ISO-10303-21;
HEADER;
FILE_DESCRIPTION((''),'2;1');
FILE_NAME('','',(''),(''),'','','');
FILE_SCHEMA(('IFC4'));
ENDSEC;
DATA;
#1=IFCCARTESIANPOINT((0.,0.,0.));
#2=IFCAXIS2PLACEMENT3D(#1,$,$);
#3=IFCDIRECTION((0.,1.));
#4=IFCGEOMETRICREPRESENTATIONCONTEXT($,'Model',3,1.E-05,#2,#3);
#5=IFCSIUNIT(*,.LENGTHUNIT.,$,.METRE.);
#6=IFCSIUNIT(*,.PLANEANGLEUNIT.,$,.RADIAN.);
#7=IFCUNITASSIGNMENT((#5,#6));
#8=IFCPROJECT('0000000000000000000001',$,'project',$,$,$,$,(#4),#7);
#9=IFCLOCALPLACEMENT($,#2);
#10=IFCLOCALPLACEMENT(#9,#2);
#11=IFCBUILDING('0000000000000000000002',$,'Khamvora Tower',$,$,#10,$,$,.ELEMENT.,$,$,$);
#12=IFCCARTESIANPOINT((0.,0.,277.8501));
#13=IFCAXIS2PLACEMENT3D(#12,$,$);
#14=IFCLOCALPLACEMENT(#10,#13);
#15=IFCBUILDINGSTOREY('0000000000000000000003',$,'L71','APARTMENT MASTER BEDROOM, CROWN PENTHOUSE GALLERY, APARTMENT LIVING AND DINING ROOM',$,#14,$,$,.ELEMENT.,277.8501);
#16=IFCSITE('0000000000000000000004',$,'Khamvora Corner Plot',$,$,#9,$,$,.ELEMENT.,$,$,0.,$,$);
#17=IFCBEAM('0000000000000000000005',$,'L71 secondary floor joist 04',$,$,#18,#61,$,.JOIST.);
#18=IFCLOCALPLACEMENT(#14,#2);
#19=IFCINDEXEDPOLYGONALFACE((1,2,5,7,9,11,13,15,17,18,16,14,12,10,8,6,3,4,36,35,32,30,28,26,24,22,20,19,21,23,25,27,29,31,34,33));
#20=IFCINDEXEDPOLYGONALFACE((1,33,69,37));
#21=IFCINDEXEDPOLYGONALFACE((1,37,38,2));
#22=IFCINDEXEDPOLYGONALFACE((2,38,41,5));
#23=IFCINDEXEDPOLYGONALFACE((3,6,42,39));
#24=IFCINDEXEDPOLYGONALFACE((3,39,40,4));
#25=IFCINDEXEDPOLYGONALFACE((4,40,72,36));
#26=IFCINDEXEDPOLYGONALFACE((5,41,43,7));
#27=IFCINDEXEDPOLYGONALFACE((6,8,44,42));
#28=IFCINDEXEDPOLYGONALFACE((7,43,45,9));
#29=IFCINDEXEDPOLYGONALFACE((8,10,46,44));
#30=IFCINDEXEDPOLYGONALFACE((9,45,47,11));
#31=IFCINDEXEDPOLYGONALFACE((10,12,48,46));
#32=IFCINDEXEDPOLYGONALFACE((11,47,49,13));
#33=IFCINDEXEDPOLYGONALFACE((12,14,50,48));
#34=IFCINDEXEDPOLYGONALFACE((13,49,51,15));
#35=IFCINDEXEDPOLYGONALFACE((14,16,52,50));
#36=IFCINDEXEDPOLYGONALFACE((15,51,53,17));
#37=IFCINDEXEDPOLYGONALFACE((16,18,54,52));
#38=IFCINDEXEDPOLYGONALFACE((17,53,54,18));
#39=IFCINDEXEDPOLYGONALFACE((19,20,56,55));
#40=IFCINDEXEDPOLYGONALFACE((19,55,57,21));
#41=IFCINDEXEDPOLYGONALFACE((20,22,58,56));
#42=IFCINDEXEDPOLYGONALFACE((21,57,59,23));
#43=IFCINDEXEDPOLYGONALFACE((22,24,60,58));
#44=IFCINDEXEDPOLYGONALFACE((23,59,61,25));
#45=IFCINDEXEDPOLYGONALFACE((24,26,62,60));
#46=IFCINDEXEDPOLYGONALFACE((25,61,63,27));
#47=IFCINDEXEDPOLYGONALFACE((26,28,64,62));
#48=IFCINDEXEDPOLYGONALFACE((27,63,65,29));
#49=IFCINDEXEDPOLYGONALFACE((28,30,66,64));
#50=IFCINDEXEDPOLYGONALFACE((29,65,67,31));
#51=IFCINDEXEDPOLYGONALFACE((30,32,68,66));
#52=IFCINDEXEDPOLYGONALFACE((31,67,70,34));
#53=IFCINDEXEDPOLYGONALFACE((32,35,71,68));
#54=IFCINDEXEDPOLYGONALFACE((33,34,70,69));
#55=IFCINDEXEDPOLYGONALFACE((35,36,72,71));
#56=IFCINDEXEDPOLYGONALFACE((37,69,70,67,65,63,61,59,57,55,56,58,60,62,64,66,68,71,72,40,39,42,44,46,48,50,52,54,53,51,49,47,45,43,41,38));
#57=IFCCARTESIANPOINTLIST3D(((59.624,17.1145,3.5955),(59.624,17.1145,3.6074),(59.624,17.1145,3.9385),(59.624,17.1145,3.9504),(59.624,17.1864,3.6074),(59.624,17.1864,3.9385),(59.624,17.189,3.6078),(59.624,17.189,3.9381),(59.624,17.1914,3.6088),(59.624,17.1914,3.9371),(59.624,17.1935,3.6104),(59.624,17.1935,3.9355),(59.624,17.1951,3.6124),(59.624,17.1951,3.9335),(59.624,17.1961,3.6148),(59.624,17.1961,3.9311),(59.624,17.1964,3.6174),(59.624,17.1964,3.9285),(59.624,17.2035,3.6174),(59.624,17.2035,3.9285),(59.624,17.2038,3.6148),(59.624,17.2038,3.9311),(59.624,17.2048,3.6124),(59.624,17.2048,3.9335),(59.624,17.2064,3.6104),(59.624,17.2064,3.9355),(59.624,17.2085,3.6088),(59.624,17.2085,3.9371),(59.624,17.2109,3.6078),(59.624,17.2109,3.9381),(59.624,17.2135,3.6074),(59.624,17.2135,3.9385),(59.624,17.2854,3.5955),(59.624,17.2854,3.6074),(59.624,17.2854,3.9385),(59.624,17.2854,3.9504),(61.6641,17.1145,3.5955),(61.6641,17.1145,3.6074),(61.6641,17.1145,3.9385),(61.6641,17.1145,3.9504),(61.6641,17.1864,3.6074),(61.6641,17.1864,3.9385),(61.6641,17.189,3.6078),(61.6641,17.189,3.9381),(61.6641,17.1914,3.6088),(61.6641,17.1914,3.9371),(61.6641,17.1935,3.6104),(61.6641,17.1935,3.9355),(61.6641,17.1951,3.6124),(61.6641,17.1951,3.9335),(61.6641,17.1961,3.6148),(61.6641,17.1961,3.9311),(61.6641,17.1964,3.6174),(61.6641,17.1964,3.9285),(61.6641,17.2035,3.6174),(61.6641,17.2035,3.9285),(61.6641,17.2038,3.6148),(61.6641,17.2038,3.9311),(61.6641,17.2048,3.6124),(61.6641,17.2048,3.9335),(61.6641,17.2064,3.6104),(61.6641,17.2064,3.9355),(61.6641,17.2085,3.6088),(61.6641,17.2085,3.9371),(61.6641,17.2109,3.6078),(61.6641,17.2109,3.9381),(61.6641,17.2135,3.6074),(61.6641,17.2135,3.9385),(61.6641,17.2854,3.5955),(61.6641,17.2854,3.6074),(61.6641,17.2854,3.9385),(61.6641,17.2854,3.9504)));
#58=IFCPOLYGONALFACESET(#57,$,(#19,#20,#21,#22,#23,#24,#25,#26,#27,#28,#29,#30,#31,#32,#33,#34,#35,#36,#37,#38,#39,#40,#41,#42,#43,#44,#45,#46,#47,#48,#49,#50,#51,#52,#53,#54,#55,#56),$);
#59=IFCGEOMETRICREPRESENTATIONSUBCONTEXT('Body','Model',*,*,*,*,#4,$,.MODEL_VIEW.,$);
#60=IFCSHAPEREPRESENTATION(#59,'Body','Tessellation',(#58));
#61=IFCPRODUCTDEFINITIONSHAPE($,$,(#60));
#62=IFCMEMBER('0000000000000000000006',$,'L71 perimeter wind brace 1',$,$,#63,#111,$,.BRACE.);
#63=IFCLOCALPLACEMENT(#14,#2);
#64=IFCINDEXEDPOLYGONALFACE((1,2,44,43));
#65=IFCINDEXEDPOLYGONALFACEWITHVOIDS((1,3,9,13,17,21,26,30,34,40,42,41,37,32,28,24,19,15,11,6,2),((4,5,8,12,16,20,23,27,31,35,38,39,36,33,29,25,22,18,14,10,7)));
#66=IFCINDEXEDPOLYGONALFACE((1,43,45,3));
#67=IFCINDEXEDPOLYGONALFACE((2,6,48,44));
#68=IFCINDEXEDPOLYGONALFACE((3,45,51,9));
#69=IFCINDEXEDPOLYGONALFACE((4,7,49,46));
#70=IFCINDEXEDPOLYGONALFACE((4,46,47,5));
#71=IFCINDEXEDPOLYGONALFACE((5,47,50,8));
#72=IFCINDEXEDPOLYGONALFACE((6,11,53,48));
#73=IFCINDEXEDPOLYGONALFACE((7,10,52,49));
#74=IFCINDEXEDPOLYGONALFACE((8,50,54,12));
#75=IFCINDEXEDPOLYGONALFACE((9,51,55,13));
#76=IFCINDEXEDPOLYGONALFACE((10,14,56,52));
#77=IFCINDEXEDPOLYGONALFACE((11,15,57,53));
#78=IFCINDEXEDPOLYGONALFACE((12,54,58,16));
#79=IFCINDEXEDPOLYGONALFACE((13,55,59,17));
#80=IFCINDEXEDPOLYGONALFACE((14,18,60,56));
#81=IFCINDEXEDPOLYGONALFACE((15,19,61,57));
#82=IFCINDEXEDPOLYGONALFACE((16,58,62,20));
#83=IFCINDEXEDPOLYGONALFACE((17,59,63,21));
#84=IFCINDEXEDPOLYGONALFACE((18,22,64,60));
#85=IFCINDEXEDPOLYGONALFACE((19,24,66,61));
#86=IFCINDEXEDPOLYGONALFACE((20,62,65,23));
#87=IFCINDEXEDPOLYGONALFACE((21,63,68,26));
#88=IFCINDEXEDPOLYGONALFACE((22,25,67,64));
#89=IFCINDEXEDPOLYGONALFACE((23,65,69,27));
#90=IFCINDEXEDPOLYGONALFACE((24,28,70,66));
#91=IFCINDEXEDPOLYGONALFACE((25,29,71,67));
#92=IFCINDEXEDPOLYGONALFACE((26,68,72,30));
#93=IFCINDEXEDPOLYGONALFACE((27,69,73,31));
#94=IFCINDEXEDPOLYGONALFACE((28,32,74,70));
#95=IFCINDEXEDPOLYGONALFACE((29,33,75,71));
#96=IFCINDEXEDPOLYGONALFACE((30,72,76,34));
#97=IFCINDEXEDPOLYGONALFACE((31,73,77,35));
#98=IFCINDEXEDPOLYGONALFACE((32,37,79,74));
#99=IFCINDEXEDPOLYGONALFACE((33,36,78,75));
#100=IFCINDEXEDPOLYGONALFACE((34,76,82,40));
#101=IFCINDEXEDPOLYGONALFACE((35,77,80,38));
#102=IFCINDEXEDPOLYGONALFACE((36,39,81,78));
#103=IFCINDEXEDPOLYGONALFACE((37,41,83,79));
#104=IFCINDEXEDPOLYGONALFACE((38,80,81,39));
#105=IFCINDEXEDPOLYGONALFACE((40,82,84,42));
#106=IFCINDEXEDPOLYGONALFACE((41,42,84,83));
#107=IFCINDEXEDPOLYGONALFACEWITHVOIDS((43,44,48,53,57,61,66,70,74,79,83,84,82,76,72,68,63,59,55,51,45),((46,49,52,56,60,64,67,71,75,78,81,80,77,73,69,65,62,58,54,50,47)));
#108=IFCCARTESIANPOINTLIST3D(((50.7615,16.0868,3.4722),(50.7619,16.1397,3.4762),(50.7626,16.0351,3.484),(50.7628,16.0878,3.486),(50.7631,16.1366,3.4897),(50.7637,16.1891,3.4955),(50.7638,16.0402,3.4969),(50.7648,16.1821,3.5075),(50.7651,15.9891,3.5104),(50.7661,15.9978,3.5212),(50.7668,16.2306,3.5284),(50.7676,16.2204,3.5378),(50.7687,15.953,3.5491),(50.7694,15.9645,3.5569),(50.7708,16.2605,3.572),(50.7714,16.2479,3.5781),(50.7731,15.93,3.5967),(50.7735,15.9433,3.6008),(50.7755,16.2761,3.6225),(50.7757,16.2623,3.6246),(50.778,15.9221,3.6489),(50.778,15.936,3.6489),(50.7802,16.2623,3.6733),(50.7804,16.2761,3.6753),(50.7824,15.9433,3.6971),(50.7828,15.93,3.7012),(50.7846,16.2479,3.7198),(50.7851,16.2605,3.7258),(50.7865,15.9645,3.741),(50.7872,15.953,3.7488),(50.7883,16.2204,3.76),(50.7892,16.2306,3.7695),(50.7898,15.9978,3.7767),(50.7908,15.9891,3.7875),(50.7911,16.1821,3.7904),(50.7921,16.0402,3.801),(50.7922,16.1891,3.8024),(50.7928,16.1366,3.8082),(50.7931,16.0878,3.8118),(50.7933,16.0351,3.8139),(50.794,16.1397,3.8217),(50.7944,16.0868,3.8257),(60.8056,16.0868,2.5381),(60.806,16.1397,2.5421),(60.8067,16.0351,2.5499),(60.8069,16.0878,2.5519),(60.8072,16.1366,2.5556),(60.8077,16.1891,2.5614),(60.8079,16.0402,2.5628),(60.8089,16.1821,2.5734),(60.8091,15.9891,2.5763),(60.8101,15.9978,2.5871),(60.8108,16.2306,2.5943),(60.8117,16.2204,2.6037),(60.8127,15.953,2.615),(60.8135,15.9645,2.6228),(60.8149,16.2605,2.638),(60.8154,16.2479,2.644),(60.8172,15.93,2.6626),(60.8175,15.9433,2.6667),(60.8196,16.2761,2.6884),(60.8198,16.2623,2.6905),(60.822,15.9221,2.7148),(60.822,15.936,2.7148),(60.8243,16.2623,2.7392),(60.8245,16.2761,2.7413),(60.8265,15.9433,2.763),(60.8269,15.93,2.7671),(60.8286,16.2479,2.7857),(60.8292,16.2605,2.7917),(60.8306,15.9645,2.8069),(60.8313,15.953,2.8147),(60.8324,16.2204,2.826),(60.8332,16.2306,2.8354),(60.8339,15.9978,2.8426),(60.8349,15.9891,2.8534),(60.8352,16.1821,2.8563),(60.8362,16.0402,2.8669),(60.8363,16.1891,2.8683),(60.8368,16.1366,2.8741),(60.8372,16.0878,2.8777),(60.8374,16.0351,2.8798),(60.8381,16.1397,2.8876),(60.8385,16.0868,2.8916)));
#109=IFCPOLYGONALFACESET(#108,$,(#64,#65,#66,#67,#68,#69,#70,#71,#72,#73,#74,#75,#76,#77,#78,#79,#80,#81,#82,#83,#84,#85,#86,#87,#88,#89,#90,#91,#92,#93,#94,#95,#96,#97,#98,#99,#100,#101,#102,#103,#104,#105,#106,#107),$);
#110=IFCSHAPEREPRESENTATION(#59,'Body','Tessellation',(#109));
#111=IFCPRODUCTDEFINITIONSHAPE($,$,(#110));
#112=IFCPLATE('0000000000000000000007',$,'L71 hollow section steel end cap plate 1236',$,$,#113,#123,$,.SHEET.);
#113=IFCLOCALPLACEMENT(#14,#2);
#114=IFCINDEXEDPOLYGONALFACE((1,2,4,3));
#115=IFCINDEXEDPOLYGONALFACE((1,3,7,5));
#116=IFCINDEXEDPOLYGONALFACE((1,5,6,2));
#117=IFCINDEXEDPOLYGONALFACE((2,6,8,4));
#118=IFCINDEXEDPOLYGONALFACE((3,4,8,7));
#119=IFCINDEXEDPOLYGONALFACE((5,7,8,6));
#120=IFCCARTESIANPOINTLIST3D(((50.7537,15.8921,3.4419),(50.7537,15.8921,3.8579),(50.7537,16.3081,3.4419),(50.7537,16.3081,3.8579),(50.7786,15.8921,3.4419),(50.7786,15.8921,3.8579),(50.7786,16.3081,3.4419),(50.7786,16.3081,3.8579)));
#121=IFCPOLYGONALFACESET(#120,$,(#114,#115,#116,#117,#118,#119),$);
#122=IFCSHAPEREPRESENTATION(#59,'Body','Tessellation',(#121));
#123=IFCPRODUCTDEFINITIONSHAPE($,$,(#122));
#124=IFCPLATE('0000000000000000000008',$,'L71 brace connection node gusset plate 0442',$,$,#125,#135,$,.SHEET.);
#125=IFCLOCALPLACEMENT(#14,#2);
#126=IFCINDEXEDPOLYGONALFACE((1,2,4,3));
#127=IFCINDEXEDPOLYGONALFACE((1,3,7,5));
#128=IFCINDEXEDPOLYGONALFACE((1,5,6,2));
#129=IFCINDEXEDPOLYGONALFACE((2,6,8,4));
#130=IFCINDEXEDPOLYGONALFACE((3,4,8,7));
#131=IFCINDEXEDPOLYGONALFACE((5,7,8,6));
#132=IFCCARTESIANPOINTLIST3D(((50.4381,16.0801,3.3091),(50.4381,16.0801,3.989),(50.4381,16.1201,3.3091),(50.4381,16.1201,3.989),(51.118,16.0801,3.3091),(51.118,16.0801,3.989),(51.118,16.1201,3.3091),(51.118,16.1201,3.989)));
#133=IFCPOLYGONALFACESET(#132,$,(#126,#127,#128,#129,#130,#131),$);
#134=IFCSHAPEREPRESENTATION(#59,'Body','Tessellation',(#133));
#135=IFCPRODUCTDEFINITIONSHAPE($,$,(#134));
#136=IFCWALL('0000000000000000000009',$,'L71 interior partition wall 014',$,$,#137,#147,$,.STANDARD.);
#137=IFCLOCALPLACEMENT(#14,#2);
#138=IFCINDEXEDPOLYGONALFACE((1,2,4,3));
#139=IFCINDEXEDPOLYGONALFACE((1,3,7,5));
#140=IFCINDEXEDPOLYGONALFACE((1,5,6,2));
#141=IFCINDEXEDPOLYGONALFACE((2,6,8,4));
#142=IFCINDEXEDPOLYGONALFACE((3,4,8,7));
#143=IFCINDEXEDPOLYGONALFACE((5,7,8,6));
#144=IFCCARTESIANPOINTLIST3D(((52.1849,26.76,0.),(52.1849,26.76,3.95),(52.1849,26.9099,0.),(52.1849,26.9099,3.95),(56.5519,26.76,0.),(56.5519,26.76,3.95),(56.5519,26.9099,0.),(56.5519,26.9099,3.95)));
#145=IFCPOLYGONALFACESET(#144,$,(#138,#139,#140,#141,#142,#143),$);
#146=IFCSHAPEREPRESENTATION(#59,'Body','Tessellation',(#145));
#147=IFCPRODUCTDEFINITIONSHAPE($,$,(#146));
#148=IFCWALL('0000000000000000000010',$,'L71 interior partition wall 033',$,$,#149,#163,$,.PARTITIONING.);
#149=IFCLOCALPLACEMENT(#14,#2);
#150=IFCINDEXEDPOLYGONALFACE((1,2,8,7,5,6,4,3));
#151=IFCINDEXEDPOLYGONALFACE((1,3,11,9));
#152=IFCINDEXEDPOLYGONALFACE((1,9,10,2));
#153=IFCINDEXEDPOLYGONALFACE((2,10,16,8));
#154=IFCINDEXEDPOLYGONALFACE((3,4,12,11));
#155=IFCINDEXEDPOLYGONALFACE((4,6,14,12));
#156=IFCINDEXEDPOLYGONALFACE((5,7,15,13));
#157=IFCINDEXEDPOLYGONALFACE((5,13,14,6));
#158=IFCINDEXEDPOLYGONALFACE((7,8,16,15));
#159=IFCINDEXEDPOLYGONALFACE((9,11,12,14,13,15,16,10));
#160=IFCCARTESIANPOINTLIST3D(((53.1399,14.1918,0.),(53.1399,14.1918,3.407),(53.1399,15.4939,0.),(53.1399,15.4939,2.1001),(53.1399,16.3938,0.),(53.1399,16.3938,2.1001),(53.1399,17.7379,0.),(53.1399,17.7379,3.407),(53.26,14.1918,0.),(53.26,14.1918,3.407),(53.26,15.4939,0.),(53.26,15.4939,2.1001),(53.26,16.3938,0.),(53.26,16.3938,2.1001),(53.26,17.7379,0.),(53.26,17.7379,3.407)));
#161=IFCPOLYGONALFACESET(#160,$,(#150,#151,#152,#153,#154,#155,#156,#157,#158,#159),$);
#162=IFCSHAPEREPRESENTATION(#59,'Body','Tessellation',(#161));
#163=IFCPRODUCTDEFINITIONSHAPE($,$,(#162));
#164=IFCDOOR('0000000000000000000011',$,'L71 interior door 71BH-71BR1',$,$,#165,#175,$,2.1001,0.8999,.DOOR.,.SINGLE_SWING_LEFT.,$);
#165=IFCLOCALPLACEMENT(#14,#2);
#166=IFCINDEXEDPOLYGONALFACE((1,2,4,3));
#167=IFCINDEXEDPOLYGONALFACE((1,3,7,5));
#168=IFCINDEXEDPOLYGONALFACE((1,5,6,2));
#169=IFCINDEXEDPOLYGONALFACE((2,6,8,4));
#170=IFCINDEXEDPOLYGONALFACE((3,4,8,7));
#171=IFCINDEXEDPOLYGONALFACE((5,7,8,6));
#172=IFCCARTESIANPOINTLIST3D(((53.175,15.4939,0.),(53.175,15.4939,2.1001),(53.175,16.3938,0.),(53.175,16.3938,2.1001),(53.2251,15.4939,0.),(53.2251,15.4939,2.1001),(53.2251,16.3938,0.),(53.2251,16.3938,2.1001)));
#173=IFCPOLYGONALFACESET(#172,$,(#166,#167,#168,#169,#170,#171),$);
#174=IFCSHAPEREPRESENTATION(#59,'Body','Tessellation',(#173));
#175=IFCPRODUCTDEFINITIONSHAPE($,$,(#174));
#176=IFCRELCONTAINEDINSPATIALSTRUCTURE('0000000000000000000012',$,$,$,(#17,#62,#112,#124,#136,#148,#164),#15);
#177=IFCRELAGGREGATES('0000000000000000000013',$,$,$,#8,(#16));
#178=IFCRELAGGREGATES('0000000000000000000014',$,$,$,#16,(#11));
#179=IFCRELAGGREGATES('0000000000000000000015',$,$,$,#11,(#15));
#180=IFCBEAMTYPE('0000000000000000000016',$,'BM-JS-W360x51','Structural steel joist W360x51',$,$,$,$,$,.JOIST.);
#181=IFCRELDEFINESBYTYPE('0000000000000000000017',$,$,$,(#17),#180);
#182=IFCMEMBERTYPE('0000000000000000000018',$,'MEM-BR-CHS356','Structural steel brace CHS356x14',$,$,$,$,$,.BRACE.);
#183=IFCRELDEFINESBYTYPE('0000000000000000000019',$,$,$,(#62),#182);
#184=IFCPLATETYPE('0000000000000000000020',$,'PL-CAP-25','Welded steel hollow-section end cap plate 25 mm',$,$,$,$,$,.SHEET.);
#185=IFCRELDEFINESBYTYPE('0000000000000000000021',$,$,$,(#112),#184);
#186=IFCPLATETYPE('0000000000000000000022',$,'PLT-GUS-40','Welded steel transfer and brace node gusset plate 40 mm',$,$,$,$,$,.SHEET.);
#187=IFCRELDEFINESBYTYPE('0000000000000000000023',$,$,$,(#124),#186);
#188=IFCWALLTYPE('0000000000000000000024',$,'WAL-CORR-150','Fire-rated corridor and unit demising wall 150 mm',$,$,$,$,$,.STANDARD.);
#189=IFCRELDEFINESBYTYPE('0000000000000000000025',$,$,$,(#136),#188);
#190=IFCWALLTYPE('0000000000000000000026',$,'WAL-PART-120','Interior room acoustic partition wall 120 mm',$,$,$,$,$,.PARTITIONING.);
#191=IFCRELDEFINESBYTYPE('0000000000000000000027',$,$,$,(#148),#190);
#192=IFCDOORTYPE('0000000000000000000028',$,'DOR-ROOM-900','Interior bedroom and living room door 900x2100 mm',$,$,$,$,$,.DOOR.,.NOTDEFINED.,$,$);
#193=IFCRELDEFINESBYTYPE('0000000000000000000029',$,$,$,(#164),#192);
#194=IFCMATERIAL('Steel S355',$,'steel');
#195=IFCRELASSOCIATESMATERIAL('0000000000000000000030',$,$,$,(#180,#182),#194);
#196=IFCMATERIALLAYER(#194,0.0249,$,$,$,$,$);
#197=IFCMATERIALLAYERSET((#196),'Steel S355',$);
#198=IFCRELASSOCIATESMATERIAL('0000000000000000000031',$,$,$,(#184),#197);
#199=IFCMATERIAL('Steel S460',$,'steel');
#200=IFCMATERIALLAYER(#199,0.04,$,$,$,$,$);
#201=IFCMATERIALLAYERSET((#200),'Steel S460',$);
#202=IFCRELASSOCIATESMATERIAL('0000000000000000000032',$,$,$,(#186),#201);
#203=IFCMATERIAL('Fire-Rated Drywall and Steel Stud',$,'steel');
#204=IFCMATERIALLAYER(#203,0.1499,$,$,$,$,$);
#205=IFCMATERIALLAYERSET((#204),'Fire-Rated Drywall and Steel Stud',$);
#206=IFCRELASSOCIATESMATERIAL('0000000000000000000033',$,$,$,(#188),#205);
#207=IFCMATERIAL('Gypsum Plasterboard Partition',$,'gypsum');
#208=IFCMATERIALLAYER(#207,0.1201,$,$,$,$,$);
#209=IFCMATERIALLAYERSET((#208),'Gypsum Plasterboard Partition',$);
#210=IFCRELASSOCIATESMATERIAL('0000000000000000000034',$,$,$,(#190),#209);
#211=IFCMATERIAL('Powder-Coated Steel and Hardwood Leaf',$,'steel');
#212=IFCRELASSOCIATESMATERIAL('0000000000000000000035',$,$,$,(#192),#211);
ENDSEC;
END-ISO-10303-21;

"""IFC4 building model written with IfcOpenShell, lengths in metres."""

from ifc_helpers import new_model, si_unit, direction, frame, frame_2d, origin, origin_2d, place, context, subcontext, project, spatial, rectangle, hollow_circle, i_section, extrude, material, layer, layer_set, material_profile, profile_set, type_object, element, fill, save


model = new_model("IFC4")

# Units and contexts
model_context = context("Model", 3, precision=1e-05, world=origin(), true_north=direction((0.0, 1.0)))
body_context = subcontext(model_context, "Body", "Model", "MODEL_VIEW")
ifc_project = project(units=[si_unit("LENGTHUNIT", "METRE"), si_unit("PLANEANGLEUNIT", "RADIAN")], contexts=[model_context])

# Site, building, storey
site_placement = place(None, origin())
site = spatial("IfcSite", under=ifc_project, at=site_placement, Name="Khamvora Corner Plot", CompositionType="ELEMENT", RefElevation=0.0)
building_placement = place(site_placement, origin())
building = spatial("IfcBuilding", under=site, at=building_placement, Name="Khamvora Tower", CompositionType="ELEMENT")
storey_placement = place(building_placement, frame((0.0, 0.0, 277.8501)))
storey = spatial("IfcBuildingStorey", under=building, at=storey_placement, Name="L71", Description="APARTMENT MASTER BEDROOM, CROWN PENTHOUSE GALLERY, APARTMENT LIVING AND DINING ROOM", CompositionType="ELEMENT", Elevation=277.8501)

# Beam
ifc_material_1 = material(Name="Steel S355", Category="steel")
ifc_material_profile_1 = material_profile(ifc_material_1, i_section(OverallWidth=0.1709, OverallDepth=0.355, WebThickness=0.0071, FlangeThickness=0.012, FilletRadius=0.01, at=origin_2d()), Name="W360x51")
ifc_profile_set_1 = profile_set([ifc_material_profile_1], Name="Steel S355")
beam_type = type_object("IfcBeamType", Name="BM-JS-W360x51", Description="Structural steel joist W360x51", PredefinedType="JOIST", material=ifc_profile_set_1)
beam_placement = place(storey_placement, frame((59.624, 17.2, 3.7729), z_axis=(1.0, 0.0, 0.0), x_axis=(0.0, 1.0, 0.0)))
element("IfcBeam", 1, at=beam_placement, inside=storey, type_object=beam_type, Name="L71 secondary floor joist 04", PredefinedType="JOIST", context=body_context, shape_type="SweptSolid", body=[
    extrude(i_section(OverallWidth=0.1709, OverallDepth=0.355, WebThickness=0.0071, FlangeThickness=0.012, FilletRadius=0.01, at=origin_2d()), origin(), (0.0, 0.0, 1.0), 2.04),
])

# Member
ifc_material_profile_2 = material_profile(ifc_material_1, hollow_circle(Radius=0.178, WallThickness=0.0139, at=origin_2d()), Name="CHS356x14")
ifc_profile_set_2 = profile_set([ifc_material_profile_2], Name="Steel S355")
member_type = type_object("IfcMemberType", Name="MEM-BR-CHS356", Description="Structural steel brace CHS356x14", PredefinedType="BRACE", material=ifc_profile_set_2)
member_placement = place(storey_placement, frame((60.822, 16.1001, 2.7148), z_axis=(-0.995703, 0.0, 0.0926), x_axis=(0.0, -1.0, 0.0)))
element("IfcMember", 2, at=member_placement, inside=storey, type_object=member_type, Name="L71 perimeter wind brace 1", PredefinedType="BRACE", context=body_context, shape_type="SweptSolid", body=[
    extrude(hollow_circle(Radius=0.178, WallThickness=0.0139, at=origin_2d()), origin(), (0.0, 0.0, 1.0), 10.0874),
])

# Plates
ifc_layer_1 = layer(ifc_material_1, 0.0249)
ifc_layer_set_1 = layer_set([ifc_layer_1], Name="Steel S355")
plate_type_1 = type_object("IfcPlateType", Name="PL-CAP-25", Description="Welded steel hollow-section end cap plate 25 mm", PredefinedType="SHEET", material=ifc_layer_set_1)
plate_1_placement = place(storey_placement, frame((50.7661, 16.1001, 3.4419), z_axis=(0.0, 0.0, 1.0), x_axis=(-1.0, 0.0, 0.0)))
element("IfcPlate", 3, at=plate_1_placement, inside=storey, type_object=plate_type_1, Name="L71 hollow section steel end cap plate 1236", PredefinedType="SHEET", context=body_context, shape_type="SweptSolid", body=[
    extrude(rectangle(XDim=0.0249, YDim=0.416, at=origin_2d()), origin(), (0.0, 0.0, 1.0), 0.416),
])
ifc_material_2 = material(Name="Steel S460", Category="steel")
ifc_layer_2 = layer(ifc_material_2, 0.04)
ifc_layer_set_2 = layer_set([ifc_layer_2], Name="Steel S460")
plate_type_2 = type_object("IfcPlateType", Name="PLT-GUS-40", Description="Welded steel transfer and brace node gusset plate 40 mm", PredefinedType="SHEET", material=ifc_layer_set_2)
plate_2_placement = place(storey_placement, frame((50.7781, 16.1001, 3.3091), z_axis=(0.0, 0.0, 1.0), x_axis=(1.0, 0.0, 0.0)))
element("IfcPlate", 4, at=plate_2_placement, inside=storey, type_object=plate_type_2, Name="L71 brace connection node gusset plate 0442", PredefinedType="SHEET", context=body_context, shape_type="SweptSolid", body=[
    extrude(rectangle(XDim=0.6799, YDim=0.04, at=origin_2d()), origin(), (0.0, 0.0, 1.0), 0.6799),
])

# Shared definitions
ifc_material_3 = material(Name="Fire-Rated Drywall and Steel Stud", Category="steel")
ifc_layer_3 = layer(ifc_material_3, 0.1499)
ifc_layer_set_3 = layer_set([ifc_layer_3], Name="Fire-Rated Drywall and Steel Stud")
wall_type_1 = type_object("IfcWallType", Name="WAL-CORR-150", Description="Fire-rated corridor and unit demising wall 150 mm", PredefinedType="STANDARD", material=ifc_layer_set_3)
ifc_material_4 = material(Name="Powder-Coated Steel and Hardwood Leaf", Category="steel")

# Wall
wall_1_placement = place(storey_placement, frame((56.552, 26.835, 0.0), z_axis=(0.0, 0.0, 1.0), x_axis=(-1.0, 0.0, 0.0)))
element("IfcWall", 5, at=wall_1_placement, inside=storey, type_object=wall_type_1, Name="L71 interior partition wall 014", PredefinedType="STANDARD", context=body_context, shape_type="SweptSolid", body=[
    extrude(rectangle(XDim=4.3669, YDim=0.1499, at=frame_2d((2.1836, 0.0))), origin(), (0.0, 0.0, 1.0), 3.95),
])

# Wall, opening, door
ifc_material_5 = material(Name="Gypsum Plasterboard Partition", Category="gypsum")
ifc_layer_4 = layer(ifc_material_5, 0.1201)
ifc_layer_set_4 = layer_set([ifc_layer_4], Name="Gypsum Plasterboard Partition")
wall_type_2 = type_object("IfcWallType", Name="WAL-PART-120", Description="Interior room acoustic partition wall 120 mm", PredefinedType="PARTITIONING", material=ifc_layer_set_4)
wall_2_placement = place(storey_placement, frame((53.2, 14.1919, 0.0), z_axis=(0.0, 0.0, 1.0), x_axis=(0.0, 1.0, 0.0)))
wall_2 = element("IfcWall", 6, at=wall_2_placement, inside=storey, type_object=wall_type_2, Name="L71 interior partition wall 033", PredefinedType="PARTITIONING", context=body_context, shape_type="SweptSolid", body=[
    extrude(rectangle(XDim=3.5461, YDim=0.1201, at=frame_2d((1.7729, 0.0))), origin(), (0.0, 0.0, 1.0), 3.407),
])
opening_1_placement = place(wall_2_placement, frame((1.302, 0.0, 0.0)))
opening_1 = element("IfcOpeningElement", 7, at=opening_1_placement, cuts=wall_2, PredefinedType="OPENING", context=body_context, shape_type="SweptSolid", body=[
    extrude(rectangle(XDim=0.8999, YDim=2.1001, at=frame_2d((0.45, 1.05))), frame((0.0, 0.0701, 0.0), z_axis=(0.0, -1.0, 0.0), x_axis=(1.0, 0.0, 0.0)), (0.0, 0.0, 1.0), 0.1401),
])
door_type_1 = type_object("IfcDoorType", Name="DOR-ROOM-900", Description="Interior bedroom and living room door 900x2100 mm", OperationType="NOTDEFINED", PredefinedType="DOOR", material=ifc_material_4)
door_1_placement = place(opening_1_placement, origin())
door_1 = element("IfcDoor", 8, at=door_1_placement, inside=storey, type_object=door_type_1, Name="L71 interior door 71BH-71BR1", OperationType="SINGLE_SWING_LEFT", OverallHeight=2.1001, OverallWidth=0.8999, PredefinedType="DOOR", context=body_context, shape_type="SweptSolid", body=[
    extrude(rectangle(XDim=0.8999, YDim=2.1001, at=frame_2d((0.45, 1.05))), frame((0.0, 0.0249, 0.0), z_axis=(0.0, -1.0, 0.0), x_axis=(1.0, 0.0, 0.0)), (0.0, 0.0, 1.0), 0.05),
])
fill(opening_1, door_1)

save(model, "model.ifc")
